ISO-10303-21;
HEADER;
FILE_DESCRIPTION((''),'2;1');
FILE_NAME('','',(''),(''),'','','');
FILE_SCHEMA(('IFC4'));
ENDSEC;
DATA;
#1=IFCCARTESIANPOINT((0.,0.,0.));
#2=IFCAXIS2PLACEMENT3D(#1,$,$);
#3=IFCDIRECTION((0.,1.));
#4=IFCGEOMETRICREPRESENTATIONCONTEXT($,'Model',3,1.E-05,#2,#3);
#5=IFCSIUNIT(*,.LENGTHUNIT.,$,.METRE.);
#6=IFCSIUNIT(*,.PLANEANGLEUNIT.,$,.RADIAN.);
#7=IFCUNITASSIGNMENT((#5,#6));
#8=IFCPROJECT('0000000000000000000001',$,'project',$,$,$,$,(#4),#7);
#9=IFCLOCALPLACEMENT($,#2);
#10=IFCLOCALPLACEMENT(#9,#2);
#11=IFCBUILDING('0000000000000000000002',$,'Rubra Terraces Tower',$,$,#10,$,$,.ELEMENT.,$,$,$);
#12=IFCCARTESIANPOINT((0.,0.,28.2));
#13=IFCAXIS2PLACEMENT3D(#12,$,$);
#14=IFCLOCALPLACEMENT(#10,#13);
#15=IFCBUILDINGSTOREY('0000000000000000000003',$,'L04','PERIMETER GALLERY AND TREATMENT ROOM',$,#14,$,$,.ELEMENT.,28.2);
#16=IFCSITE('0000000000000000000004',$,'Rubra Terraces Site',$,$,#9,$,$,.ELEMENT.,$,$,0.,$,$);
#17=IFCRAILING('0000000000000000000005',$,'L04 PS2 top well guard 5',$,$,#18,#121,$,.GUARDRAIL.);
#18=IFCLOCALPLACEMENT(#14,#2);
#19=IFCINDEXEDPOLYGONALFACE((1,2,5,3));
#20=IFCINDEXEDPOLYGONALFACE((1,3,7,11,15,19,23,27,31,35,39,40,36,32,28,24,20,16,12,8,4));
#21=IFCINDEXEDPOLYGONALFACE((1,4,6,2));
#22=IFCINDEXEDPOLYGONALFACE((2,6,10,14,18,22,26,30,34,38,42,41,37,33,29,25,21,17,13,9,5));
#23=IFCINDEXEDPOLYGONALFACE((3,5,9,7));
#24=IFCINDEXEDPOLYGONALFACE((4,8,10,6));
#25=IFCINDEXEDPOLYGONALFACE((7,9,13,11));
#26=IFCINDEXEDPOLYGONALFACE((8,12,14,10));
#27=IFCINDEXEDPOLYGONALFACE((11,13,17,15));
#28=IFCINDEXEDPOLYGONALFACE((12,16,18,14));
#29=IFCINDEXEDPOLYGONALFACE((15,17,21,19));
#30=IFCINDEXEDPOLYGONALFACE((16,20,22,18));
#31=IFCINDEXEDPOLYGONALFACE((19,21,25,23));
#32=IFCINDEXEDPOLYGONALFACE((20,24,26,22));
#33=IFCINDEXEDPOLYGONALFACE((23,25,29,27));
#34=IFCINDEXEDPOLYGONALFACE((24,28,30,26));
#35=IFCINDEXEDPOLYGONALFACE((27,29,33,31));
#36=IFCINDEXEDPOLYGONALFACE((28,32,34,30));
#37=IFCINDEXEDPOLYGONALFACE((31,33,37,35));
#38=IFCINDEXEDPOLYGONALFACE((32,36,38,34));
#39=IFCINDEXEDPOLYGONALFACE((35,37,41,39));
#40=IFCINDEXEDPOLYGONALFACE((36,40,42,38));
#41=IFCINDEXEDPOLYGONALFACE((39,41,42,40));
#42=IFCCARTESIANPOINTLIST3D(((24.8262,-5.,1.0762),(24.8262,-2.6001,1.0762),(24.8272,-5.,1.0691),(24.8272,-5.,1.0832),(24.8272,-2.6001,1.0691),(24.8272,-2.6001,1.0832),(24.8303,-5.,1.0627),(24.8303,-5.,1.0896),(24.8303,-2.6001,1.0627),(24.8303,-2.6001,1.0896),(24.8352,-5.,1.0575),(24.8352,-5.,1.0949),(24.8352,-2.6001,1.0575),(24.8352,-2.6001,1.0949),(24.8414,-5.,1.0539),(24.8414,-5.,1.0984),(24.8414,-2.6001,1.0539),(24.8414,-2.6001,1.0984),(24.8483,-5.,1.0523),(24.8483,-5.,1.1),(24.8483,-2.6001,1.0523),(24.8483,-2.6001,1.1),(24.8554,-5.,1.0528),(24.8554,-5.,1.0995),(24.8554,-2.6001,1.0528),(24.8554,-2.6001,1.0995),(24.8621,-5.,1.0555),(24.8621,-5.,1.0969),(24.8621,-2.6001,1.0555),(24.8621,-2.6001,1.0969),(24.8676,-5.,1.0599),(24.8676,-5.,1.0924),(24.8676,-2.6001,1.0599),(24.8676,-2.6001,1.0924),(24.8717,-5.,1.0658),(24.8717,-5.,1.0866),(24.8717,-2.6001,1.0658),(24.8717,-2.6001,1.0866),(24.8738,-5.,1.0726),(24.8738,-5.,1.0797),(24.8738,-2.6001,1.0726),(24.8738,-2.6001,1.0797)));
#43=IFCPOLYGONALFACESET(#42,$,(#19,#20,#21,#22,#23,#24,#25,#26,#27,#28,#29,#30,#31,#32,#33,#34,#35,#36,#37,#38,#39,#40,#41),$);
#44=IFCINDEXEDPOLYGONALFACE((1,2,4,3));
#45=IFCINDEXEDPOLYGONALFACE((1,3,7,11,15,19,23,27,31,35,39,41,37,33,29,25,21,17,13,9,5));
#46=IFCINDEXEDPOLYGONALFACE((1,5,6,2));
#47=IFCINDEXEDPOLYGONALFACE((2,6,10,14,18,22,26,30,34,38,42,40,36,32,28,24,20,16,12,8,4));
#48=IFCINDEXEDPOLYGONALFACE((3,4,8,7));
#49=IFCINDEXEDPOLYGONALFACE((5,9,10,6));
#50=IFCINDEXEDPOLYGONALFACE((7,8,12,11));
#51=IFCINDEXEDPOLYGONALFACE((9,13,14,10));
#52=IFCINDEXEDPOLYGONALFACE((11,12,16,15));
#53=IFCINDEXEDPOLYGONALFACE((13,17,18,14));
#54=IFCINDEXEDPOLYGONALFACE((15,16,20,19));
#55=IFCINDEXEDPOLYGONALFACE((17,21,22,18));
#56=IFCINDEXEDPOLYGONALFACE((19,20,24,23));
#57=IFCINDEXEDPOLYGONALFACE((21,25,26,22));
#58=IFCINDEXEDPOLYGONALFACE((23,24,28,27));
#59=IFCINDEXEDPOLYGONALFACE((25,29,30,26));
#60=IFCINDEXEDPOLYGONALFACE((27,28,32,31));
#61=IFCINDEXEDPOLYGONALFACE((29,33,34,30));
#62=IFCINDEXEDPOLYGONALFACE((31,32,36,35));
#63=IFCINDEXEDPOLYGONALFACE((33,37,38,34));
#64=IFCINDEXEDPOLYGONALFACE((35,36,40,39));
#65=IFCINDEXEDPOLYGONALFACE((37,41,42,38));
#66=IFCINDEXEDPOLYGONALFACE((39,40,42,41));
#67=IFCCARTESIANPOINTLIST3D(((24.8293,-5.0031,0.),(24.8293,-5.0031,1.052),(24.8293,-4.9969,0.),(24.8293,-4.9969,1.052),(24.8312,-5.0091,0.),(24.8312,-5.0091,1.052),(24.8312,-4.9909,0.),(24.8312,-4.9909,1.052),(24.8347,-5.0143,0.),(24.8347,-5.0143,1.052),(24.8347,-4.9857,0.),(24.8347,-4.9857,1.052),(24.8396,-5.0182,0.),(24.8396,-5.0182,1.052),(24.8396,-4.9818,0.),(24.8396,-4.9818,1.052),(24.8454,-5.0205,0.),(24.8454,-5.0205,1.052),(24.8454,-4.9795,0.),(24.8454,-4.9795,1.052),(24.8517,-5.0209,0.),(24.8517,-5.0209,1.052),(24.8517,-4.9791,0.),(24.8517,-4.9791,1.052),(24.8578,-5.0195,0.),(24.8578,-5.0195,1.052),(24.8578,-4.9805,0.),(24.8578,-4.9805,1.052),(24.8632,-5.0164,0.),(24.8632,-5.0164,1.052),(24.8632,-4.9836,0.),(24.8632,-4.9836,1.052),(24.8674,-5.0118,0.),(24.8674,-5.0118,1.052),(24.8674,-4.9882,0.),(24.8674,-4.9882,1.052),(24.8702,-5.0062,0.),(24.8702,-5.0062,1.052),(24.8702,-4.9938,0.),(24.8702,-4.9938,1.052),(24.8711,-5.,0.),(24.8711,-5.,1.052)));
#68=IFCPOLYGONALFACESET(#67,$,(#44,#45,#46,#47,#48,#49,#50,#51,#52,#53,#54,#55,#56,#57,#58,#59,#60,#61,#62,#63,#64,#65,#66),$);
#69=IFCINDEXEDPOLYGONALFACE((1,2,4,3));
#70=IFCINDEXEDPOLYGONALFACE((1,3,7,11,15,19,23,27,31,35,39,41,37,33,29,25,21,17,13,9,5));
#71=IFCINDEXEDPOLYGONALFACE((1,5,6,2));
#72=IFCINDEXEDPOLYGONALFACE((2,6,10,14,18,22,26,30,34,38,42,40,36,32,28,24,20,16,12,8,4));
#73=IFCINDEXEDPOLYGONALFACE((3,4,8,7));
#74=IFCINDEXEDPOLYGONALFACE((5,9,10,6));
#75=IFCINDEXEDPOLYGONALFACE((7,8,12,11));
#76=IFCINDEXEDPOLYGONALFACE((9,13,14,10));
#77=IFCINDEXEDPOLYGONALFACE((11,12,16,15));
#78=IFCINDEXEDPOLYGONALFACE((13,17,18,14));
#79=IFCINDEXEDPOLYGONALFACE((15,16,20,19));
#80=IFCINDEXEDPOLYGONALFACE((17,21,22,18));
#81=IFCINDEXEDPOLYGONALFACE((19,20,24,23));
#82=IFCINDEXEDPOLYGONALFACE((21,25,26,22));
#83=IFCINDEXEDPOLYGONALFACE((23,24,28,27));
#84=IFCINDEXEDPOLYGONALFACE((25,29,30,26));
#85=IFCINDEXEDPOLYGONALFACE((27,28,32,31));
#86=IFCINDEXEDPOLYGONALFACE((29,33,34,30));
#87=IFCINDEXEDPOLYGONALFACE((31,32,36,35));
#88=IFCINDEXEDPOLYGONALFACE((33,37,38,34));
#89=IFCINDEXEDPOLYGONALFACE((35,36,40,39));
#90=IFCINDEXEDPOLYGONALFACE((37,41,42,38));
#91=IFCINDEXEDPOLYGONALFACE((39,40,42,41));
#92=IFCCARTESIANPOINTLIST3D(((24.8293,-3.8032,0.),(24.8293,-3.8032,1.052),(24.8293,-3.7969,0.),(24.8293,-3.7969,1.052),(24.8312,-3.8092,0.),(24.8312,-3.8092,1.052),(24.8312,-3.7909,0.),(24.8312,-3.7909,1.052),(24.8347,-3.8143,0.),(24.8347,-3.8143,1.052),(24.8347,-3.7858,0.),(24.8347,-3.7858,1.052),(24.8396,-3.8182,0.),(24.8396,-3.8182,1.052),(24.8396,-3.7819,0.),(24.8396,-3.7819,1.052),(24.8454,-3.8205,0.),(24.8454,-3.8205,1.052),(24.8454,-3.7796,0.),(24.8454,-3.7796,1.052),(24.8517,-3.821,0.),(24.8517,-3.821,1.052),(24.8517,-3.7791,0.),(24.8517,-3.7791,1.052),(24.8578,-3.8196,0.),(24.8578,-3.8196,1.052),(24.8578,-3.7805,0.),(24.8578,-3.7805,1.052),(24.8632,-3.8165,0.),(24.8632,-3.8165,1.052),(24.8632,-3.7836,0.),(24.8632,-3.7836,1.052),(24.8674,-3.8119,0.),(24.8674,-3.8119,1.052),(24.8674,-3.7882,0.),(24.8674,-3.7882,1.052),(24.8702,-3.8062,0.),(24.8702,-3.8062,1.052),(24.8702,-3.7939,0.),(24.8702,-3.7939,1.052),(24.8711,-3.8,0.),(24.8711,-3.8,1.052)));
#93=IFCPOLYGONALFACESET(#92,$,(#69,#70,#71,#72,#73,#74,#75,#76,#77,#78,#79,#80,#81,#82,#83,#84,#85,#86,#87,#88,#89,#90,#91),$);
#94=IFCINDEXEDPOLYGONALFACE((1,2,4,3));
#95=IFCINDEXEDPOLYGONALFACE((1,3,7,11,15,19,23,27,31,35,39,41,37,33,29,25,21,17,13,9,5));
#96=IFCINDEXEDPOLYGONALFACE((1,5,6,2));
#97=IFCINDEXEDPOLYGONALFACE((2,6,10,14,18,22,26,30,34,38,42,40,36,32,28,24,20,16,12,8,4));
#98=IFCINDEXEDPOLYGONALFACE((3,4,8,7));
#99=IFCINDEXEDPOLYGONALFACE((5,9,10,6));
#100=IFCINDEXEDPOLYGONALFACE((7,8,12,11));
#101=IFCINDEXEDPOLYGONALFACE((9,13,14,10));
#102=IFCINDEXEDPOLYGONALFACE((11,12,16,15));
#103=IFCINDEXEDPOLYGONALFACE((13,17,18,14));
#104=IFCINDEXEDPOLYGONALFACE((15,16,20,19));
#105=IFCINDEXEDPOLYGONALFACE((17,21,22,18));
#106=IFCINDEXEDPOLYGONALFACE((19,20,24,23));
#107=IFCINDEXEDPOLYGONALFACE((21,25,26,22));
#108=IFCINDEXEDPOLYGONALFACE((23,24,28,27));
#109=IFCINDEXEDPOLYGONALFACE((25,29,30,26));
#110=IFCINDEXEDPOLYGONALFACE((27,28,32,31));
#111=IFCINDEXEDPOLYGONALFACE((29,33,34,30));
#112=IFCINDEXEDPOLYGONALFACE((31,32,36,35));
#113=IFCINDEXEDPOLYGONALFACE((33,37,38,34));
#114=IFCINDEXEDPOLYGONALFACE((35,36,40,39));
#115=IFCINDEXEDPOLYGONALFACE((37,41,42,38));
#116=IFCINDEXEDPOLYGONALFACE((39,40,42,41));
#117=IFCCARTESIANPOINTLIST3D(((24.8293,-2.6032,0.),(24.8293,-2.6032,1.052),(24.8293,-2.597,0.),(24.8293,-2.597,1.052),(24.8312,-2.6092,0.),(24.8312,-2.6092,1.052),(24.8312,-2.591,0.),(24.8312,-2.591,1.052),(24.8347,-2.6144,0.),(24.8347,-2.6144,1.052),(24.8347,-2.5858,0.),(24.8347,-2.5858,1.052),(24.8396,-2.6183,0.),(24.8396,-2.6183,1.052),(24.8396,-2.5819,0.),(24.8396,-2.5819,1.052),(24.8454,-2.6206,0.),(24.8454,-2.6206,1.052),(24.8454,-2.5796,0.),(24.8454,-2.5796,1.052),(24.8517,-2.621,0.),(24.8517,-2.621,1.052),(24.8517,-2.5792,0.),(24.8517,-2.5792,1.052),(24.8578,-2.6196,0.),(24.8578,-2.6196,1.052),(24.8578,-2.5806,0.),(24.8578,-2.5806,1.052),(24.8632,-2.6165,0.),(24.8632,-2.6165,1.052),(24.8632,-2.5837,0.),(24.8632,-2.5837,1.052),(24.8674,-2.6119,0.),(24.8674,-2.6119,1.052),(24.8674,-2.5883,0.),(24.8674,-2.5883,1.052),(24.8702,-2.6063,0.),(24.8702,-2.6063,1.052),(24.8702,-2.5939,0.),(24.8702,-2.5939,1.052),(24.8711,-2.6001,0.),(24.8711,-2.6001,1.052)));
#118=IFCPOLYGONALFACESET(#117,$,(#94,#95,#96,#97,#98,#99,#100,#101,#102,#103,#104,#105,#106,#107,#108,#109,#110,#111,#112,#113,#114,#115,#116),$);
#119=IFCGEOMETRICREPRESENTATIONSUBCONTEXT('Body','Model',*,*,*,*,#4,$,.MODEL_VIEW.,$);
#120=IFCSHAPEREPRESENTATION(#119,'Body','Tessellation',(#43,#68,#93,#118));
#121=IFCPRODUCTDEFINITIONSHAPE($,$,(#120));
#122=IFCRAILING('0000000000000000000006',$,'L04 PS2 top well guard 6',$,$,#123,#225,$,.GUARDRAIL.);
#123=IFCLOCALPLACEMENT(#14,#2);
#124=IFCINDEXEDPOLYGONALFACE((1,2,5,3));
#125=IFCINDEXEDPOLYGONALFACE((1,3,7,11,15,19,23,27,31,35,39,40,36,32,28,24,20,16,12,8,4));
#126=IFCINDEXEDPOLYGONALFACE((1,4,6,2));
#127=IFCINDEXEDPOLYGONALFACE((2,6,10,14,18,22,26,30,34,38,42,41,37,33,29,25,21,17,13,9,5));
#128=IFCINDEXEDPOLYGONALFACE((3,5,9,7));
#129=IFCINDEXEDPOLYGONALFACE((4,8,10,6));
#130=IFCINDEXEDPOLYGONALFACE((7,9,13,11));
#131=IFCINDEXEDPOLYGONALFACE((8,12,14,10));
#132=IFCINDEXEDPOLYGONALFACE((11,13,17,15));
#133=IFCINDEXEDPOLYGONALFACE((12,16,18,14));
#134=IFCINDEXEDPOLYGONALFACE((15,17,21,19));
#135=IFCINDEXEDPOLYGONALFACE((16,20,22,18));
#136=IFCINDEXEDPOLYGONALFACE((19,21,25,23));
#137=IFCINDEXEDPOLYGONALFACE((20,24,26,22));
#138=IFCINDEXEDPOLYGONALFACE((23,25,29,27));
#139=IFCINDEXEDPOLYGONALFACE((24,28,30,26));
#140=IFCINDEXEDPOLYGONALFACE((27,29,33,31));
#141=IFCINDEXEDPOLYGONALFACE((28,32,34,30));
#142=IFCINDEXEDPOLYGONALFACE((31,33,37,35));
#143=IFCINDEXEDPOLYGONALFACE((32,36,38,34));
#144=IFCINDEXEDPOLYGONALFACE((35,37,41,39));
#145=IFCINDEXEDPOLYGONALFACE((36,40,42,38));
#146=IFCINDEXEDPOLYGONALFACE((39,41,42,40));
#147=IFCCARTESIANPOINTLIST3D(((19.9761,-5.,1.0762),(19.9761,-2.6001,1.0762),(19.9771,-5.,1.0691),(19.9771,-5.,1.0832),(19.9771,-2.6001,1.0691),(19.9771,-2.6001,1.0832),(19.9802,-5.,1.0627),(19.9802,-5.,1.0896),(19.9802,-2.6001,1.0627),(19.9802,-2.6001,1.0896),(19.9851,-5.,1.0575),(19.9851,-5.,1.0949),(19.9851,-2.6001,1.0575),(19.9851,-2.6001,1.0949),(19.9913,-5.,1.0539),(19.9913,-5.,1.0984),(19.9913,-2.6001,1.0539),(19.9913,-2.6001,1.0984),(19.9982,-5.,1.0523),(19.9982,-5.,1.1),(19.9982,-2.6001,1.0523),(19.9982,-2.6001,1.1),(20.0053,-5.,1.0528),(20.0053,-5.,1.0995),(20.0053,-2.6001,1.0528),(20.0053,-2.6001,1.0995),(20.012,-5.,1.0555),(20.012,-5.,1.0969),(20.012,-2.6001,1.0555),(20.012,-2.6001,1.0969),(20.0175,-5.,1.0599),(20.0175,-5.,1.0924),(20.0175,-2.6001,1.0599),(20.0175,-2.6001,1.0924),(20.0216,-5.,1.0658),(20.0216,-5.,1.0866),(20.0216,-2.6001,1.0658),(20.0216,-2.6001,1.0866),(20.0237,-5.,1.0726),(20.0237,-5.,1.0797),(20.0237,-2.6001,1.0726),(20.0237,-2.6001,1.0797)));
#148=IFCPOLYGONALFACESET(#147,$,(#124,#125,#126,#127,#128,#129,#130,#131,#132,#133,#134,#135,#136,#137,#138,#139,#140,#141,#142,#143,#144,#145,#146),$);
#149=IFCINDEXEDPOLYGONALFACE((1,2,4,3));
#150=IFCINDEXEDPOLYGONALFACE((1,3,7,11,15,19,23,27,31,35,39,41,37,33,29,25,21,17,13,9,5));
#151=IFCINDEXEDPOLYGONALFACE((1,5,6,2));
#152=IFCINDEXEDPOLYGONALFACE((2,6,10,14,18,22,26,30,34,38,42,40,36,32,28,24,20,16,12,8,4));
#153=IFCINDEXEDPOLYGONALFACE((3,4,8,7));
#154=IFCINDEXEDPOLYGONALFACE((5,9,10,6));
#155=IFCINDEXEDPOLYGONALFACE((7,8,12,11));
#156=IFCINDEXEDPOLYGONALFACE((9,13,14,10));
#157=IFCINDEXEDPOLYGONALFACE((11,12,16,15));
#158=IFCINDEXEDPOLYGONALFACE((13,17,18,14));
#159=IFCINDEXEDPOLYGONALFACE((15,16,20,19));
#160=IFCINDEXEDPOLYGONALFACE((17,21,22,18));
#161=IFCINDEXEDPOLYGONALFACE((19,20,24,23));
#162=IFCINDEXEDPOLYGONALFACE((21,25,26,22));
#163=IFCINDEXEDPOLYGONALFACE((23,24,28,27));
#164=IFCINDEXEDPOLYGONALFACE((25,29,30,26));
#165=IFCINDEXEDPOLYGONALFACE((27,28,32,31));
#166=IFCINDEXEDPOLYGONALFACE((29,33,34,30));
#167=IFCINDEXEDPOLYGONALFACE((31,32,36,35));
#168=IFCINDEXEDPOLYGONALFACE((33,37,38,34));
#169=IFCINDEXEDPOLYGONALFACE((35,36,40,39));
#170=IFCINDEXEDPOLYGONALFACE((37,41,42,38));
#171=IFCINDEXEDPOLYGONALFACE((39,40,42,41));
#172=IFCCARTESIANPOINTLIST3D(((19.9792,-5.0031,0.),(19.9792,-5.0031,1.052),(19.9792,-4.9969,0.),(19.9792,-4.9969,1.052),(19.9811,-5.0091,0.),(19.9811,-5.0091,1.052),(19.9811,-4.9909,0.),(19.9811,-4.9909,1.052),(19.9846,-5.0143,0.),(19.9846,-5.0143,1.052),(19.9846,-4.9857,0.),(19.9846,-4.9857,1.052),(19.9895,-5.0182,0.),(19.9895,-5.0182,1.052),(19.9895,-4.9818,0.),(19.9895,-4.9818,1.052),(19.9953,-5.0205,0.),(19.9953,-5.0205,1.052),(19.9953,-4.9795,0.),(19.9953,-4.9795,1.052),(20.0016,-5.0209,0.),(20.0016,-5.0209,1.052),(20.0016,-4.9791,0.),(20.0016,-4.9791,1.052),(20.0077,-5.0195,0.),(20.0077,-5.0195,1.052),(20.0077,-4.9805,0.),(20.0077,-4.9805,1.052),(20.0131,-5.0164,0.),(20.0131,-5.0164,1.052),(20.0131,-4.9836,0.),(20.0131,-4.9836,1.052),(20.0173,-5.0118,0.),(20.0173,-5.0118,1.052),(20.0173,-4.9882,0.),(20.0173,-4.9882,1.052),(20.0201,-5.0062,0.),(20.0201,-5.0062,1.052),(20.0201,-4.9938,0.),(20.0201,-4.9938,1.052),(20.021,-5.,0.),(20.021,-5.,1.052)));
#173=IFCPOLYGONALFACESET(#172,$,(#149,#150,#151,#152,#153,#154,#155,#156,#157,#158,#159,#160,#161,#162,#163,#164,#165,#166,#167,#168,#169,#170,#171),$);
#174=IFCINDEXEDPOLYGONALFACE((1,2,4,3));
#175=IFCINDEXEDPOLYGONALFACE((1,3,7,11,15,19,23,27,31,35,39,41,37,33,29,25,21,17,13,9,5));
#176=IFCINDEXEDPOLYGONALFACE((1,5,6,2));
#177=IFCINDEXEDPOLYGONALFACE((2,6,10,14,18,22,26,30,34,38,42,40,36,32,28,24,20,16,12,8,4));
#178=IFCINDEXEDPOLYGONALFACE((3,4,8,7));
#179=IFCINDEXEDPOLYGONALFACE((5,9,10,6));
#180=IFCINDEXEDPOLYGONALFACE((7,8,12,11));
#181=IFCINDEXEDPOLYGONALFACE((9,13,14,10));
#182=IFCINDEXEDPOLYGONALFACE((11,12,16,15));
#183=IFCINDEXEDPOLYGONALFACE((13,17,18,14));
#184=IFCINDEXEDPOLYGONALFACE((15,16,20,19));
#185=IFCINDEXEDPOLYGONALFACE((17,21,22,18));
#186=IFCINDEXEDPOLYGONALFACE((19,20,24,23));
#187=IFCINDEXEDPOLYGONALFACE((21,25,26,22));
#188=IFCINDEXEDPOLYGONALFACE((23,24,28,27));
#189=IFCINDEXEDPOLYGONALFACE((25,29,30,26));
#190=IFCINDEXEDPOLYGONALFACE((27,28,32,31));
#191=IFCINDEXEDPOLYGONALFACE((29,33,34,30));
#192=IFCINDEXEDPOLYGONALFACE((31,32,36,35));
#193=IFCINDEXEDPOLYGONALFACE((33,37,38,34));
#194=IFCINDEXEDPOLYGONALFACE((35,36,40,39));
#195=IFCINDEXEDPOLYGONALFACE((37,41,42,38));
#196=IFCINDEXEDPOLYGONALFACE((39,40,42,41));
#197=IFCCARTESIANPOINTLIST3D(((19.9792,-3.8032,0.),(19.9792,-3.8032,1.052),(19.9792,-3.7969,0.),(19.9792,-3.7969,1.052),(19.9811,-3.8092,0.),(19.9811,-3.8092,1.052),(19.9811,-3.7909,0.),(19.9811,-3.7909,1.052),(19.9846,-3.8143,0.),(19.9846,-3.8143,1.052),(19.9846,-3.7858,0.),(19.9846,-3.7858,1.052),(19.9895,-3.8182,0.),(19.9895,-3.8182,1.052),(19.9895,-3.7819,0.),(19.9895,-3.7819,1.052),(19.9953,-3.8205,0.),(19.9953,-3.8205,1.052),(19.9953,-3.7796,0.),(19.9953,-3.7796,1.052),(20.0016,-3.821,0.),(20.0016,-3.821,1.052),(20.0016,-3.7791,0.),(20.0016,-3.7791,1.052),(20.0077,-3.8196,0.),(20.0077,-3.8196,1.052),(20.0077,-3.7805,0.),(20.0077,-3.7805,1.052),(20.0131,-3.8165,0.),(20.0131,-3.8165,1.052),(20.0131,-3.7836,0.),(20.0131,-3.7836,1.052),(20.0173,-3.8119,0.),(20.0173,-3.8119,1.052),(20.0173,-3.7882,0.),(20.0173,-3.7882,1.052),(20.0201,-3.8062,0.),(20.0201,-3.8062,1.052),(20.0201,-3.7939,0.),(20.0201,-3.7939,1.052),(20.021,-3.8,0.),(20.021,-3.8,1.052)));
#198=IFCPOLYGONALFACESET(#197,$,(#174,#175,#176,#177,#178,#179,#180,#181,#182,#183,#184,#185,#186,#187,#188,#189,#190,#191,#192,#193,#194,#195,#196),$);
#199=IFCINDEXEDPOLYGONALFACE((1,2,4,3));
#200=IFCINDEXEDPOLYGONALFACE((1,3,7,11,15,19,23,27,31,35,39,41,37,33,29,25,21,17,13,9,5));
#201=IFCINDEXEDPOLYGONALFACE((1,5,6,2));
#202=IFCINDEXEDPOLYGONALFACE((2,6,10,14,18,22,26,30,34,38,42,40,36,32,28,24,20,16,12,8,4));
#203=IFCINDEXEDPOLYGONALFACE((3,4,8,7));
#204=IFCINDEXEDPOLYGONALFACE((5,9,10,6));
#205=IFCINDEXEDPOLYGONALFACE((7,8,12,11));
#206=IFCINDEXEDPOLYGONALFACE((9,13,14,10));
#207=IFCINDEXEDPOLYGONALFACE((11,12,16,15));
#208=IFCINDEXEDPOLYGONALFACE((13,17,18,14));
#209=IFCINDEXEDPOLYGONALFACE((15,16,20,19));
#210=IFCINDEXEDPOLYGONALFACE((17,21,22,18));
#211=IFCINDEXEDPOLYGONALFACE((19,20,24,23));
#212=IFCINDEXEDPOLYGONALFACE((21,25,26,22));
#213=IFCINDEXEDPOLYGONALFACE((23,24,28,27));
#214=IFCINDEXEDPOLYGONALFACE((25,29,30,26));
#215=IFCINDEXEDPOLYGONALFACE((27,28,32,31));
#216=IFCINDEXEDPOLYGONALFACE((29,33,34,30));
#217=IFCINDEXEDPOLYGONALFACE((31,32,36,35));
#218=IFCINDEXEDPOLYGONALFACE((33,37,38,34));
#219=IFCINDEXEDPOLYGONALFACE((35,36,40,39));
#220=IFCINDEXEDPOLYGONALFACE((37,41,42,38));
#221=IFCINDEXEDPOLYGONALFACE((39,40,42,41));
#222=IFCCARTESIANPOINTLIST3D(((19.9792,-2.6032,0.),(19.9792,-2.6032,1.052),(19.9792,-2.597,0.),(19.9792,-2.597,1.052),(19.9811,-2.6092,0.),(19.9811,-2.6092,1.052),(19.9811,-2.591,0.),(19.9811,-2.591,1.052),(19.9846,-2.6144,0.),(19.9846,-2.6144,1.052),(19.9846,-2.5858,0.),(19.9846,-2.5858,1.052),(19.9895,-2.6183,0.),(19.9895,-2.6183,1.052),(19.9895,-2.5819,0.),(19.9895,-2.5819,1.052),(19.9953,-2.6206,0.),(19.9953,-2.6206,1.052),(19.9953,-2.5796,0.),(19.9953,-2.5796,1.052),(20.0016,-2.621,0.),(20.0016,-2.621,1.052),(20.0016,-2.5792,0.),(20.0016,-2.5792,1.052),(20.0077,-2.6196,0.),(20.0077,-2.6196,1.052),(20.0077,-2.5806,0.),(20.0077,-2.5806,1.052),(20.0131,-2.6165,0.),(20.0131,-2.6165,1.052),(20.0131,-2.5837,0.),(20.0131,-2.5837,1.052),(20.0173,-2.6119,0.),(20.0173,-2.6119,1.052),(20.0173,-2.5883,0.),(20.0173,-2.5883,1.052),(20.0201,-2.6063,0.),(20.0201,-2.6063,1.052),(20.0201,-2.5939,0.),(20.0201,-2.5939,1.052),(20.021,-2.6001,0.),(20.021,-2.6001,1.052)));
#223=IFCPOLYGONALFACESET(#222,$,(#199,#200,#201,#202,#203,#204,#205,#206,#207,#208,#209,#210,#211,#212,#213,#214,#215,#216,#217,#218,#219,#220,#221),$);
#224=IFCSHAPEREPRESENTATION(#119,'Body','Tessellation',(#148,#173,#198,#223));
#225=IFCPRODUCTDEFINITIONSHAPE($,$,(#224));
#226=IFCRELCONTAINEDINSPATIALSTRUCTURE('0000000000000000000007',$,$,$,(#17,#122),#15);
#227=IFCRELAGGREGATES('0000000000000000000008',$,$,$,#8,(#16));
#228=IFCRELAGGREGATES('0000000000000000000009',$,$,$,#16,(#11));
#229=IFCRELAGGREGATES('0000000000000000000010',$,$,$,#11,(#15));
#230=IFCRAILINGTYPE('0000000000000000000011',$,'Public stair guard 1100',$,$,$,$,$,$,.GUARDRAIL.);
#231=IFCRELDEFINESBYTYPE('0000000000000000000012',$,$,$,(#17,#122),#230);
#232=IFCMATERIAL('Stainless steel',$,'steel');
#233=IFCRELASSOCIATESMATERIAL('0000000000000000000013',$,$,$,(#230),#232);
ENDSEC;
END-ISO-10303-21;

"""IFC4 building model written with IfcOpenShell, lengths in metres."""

from ifc_helpers import new_model, si_unit, direction, frame, origin, origin_2d, place, context, subcontext, project, spatial, circle, extrude, material, type_object, element, save


model = new_model("IFC4")

# Units and contexts
model_context = context("Model", 3, precision=1e-05, world=origin(), true_north=direction((0.0, 1.0)))
body_context = subcontext(model_context, "Body", "Model", "MODEL_VIEW")
ifc_project = project(units=[si_unit("LENGTHUNIT", "METRE"), si_unit("PLANEANGLEUNIT", "RADIAN")], contexts=[model_context])

# Site, building, storey
site_placement = place(None, origin())
site = spatial("IfcSite", under=ifc_project, at=site_placement, Name="Rubra Terraces Site", CompositionType="ELEMENT", RefElevation=0.0)
building_placement = place(site_placement, origin())
building = spatial("IfcBuilding", under=site, at=building_placement, Name="Rubra Terraces Tower", CompositionType="ELEMENT")
storey_placement = place(building_placement, frame((0.0, 0.0, 28.2)))
storey = spatial("IfcBuildingStorey", under=building, at=storey_placement, Name="L04", Description="PERIMETER GALLERY AND TREATMENT ROOM", CompositionType="ELEMENT", Elevation=28.2)

# Railings
ifc_material_1 = material(Name="Stainless steel", Category="steel")
railing_type = type_object("IfcRailingType", Name="Public stair guard 1100", PredefinedType="GUARDRAIL", material=ifc_material_1)
for number, where, name in (
    (1, (24.8501, -5.0, 0.0), "L04 PS2 top well guard 5"),
    (2, (20.0, -5.0, 0.0), "L04 PS2 top well guard 6"),
):
    element("IfcRailing", number, at=place(storey_placement, frame(where)), inside=storey, type_object=railing_type, Name=name, PredefinedType="GUARDRAIL", context=body_context, shape_type="SweptSolid", body=[
        extrude(circle(Radius=0.0239, at=origin_2d()), frame((0.0, 0.0, 1.0762), z_axis=(0.0, 1.0, 0.0), x_axis=(-1.0, 0.0, 0.0)), (0.0, 0.0, 1.0), 2.3999),
        extrude(circle(Radius=0.021, at=origin_2d()), origin(), (0.0, 0.0, 1.0), 1.052),
        extrude(circle(Radius=0.021, at=origin_2d()), frame((0.0, 1.2, 0.0)), (0.0, 0.0, 1.0), 1.052),
        extrude(circle(Radius=0.021, at=origin_2d()), frame((0.0, 2.3999, 0.0)), (0.0, 0.0, 1.0), 1.052),
    ])

save(model, "model.ifc")
